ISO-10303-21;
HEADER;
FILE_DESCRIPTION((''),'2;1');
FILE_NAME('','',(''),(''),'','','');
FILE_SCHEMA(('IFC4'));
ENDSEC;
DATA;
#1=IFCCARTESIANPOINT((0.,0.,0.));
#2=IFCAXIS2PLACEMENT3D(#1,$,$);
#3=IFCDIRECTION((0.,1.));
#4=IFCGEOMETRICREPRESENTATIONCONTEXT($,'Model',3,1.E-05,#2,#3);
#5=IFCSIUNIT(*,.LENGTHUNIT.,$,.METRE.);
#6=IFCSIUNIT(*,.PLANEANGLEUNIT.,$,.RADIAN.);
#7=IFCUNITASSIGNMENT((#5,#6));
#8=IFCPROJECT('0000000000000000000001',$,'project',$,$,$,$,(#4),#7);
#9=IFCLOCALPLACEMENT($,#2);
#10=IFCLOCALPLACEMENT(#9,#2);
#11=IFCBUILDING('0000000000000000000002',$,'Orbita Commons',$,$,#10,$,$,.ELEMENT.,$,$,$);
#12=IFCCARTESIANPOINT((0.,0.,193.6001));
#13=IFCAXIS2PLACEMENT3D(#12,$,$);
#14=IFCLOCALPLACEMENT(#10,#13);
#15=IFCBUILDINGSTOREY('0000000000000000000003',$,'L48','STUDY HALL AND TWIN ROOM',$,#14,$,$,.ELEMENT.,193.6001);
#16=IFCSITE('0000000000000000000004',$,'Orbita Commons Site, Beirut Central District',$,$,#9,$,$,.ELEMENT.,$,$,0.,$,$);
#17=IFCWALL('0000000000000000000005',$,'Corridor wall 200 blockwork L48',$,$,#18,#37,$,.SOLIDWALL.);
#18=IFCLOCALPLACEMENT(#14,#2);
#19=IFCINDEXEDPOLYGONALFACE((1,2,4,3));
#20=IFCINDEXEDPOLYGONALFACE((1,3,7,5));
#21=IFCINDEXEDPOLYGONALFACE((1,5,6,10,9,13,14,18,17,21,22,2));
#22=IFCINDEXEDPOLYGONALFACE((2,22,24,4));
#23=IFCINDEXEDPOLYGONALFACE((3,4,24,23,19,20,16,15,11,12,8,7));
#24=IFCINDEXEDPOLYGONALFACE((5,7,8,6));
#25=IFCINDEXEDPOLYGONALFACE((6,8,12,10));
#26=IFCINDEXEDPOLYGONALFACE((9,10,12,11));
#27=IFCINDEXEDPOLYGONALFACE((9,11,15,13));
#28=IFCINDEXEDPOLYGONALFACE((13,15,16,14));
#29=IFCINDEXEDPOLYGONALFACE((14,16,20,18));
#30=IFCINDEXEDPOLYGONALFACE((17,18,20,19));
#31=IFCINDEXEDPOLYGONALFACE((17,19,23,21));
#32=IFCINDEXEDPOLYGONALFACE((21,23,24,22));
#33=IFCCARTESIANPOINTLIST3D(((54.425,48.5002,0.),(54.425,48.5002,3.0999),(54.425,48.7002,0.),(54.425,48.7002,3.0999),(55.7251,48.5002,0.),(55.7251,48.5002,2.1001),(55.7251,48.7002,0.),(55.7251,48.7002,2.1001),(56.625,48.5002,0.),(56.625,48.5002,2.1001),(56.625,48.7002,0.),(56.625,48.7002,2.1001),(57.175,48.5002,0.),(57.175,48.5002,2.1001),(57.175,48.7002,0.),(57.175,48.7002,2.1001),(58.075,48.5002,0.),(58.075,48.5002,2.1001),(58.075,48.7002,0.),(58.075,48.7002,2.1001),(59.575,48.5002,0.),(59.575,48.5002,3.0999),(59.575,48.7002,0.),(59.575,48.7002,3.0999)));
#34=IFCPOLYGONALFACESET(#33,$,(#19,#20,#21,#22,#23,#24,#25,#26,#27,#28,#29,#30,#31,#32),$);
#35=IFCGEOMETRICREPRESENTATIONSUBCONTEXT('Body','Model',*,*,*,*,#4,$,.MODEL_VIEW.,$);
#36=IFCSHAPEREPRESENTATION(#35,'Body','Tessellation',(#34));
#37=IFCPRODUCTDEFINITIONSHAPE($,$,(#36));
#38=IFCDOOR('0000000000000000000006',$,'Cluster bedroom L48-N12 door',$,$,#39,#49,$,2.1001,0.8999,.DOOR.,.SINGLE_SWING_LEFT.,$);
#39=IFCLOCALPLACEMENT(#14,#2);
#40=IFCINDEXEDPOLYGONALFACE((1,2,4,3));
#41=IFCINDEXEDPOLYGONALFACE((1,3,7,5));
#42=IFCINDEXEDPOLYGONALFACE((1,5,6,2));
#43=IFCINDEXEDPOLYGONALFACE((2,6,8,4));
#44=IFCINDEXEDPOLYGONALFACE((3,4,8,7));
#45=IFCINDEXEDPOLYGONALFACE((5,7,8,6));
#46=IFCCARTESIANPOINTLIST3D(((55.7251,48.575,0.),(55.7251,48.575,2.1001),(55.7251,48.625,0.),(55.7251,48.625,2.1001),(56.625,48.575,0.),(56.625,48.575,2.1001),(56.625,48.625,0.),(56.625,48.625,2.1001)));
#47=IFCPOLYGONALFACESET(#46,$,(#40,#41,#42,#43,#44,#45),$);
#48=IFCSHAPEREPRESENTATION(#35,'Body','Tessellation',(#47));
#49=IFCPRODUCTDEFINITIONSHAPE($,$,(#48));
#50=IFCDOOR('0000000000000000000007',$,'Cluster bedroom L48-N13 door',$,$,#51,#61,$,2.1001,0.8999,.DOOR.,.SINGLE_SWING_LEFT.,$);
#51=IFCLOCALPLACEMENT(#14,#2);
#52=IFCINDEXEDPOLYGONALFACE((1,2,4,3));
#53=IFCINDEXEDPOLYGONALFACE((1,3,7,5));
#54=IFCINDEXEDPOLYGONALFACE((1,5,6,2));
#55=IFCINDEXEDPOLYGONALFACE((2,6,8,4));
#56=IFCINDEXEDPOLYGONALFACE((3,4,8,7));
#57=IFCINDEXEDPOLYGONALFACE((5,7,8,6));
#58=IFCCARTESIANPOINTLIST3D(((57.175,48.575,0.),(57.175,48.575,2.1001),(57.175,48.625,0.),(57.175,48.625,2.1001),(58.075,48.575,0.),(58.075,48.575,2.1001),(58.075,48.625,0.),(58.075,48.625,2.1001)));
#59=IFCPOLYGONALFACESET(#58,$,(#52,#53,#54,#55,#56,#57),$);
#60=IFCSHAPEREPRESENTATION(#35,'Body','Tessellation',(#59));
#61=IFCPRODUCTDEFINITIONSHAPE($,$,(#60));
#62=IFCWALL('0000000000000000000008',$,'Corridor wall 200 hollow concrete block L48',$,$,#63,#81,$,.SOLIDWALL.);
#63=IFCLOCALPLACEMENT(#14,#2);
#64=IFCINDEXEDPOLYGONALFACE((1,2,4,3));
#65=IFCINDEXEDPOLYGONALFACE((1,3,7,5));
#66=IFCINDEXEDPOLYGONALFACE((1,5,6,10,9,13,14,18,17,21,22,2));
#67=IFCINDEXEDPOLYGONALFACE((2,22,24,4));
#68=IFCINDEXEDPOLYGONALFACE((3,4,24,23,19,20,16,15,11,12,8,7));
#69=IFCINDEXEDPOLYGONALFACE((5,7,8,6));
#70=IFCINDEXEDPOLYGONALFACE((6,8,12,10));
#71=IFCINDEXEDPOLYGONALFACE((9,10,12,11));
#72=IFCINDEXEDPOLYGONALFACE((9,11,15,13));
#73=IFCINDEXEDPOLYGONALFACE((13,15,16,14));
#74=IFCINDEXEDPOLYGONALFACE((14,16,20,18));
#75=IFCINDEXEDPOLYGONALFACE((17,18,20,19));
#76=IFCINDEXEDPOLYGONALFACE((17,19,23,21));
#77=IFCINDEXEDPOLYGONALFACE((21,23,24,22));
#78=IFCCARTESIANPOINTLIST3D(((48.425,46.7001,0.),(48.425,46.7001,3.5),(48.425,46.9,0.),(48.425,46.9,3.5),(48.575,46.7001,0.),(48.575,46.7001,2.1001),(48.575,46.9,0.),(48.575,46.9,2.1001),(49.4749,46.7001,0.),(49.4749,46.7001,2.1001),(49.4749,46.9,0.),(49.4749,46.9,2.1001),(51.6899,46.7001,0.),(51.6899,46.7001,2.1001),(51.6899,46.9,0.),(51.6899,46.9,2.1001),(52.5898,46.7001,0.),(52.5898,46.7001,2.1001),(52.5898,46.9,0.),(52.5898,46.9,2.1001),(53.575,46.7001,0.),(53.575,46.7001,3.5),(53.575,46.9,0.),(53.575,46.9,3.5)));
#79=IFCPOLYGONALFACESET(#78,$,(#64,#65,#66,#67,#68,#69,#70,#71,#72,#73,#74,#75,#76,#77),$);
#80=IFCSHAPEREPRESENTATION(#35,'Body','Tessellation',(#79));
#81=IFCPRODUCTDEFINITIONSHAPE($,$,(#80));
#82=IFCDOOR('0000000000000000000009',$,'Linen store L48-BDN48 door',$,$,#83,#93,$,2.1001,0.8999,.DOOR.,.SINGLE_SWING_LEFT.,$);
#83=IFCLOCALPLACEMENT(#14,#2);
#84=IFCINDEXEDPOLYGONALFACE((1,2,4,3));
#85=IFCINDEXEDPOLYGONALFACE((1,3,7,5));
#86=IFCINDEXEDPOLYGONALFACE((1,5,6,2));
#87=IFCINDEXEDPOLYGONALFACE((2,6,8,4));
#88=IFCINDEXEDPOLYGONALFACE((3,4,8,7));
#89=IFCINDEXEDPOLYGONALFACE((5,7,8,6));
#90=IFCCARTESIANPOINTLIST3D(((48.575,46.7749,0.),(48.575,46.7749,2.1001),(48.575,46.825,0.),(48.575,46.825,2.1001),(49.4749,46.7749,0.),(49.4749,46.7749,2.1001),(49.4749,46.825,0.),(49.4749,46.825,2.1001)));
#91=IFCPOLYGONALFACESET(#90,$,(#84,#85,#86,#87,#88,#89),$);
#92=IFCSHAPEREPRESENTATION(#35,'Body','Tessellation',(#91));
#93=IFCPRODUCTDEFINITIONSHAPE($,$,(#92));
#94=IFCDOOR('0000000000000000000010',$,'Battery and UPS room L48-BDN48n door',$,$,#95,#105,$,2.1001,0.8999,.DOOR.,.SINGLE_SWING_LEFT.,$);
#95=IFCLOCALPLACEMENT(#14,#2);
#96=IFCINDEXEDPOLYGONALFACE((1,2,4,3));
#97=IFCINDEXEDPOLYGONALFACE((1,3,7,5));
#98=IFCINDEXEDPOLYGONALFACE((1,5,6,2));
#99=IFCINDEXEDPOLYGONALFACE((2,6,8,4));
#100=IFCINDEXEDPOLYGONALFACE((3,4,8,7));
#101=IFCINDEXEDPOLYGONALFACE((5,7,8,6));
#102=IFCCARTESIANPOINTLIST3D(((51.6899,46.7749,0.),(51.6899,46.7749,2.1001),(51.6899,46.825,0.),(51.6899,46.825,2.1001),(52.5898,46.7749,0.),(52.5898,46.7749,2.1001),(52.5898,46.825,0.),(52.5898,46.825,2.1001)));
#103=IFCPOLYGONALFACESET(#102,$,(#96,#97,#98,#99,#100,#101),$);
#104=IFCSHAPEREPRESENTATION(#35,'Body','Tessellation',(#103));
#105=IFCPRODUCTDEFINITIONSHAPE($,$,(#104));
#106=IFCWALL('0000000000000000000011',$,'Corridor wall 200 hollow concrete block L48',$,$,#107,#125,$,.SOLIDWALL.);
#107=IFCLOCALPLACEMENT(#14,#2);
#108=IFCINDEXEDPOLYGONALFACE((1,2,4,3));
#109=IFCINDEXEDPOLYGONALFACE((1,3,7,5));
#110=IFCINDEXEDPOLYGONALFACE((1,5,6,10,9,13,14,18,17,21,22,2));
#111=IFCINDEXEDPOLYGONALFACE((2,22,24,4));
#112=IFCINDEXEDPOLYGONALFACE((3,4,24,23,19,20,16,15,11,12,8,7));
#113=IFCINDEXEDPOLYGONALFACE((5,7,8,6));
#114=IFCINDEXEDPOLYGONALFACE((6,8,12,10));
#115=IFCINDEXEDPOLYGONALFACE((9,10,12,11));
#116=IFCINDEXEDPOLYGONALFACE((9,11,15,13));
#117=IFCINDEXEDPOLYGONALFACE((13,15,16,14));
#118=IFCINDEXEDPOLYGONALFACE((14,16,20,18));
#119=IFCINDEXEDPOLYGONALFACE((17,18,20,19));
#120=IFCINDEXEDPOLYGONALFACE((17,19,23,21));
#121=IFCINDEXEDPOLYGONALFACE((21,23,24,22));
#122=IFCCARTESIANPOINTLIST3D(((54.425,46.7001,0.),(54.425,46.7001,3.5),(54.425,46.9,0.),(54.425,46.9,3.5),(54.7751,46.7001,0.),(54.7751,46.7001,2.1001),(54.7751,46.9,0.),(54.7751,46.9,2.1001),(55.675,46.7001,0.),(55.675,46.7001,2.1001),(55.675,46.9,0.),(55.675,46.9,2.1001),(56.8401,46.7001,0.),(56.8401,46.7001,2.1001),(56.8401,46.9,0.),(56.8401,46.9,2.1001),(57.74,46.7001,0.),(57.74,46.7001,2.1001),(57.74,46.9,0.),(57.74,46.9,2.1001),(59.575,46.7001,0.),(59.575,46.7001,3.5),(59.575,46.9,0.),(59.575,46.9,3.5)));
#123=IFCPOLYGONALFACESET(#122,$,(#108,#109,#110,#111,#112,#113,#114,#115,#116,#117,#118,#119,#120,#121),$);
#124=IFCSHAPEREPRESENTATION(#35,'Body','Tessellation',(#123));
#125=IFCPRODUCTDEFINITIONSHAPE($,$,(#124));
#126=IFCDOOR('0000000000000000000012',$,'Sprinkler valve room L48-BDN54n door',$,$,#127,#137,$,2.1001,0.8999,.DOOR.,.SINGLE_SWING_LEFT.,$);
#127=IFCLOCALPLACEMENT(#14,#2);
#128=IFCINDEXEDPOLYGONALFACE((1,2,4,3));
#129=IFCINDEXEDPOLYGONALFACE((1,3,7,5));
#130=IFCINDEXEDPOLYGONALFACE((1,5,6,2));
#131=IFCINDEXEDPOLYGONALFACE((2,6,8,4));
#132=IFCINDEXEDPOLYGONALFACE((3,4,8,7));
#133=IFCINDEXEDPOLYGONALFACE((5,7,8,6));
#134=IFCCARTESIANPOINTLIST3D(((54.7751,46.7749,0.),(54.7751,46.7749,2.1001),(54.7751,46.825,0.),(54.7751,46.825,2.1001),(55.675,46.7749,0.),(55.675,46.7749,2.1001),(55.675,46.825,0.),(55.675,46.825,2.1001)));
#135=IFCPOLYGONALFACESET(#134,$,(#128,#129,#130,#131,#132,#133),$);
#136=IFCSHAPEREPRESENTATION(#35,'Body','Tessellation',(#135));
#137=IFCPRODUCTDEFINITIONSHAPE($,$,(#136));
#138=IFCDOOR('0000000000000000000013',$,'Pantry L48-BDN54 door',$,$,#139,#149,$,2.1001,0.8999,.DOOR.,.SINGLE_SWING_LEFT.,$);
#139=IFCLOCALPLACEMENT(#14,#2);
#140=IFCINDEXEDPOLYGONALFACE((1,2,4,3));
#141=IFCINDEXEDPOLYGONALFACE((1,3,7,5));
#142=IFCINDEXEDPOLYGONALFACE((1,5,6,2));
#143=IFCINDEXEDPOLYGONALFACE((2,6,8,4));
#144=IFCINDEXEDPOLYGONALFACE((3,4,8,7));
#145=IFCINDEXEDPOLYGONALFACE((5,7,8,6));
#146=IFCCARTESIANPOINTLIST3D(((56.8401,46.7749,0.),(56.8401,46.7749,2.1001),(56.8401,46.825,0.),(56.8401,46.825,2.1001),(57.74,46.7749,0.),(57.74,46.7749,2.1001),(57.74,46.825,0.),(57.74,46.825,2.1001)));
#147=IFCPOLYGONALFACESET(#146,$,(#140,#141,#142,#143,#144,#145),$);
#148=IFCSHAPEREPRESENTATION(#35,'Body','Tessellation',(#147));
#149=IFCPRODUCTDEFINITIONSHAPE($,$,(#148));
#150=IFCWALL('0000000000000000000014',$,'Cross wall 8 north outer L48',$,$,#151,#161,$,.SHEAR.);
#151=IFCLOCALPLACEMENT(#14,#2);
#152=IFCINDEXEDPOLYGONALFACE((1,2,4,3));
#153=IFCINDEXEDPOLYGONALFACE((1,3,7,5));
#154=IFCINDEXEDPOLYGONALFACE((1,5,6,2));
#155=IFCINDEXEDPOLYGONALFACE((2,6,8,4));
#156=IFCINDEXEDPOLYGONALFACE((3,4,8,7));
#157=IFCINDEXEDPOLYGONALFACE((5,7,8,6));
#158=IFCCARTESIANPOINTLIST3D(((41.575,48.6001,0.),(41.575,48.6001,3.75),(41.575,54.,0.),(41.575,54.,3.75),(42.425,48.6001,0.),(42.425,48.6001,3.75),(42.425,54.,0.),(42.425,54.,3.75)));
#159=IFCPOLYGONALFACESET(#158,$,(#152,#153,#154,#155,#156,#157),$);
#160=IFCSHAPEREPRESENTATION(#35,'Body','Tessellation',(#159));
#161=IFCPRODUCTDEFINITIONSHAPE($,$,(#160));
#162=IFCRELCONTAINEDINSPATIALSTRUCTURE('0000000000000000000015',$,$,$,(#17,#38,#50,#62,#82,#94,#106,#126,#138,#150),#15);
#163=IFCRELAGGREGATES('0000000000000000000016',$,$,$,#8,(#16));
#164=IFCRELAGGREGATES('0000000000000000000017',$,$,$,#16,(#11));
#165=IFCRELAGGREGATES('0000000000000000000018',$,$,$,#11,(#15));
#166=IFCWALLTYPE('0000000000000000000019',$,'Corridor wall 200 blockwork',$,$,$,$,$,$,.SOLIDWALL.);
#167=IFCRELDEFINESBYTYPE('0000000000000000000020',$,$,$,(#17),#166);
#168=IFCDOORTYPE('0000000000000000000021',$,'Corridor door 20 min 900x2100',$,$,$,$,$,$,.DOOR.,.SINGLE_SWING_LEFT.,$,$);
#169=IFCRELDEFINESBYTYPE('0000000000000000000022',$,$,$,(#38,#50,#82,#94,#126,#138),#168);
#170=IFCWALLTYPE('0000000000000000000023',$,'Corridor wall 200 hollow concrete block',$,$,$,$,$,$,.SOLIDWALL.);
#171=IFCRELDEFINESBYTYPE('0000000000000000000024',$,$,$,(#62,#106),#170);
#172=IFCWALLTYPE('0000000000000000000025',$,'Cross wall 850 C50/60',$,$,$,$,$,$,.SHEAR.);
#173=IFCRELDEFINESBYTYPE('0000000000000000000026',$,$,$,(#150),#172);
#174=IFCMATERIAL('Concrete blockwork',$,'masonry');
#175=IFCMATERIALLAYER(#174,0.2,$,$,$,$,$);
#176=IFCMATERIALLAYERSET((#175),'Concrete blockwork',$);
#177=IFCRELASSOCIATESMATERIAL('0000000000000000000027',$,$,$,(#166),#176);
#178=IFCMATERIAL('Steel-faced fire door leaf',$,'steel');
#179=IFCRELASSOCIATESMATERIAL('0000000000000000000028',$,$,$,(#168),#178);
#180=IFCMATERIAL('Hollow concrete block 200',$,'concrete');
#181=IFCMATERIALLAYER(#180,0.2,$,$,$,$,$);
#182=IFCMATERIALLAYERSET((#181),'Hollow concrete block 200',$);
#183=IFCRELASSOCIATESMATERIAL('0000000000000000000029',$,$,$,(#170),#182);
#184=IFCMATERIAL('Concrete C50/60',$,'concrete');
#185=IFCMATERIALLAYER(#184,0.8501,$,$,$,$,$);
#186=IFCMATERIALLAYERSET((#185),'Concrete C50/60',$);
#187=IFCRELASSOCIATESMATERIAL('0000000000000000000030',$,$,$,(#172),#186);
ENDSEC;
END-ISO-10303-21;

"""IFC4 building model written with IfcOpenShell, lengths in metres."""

from ifc_helpers import new_model, si_unit, direction, frame, frame_2d, origin, place, context, subcontext, project, spatial, polyline, rectangle, outline, extrude, material, layer, layer_set, type_object, element, fill, save


model = new_model("IFC4")

# Units and contexts
model_context = context("Model", 3, precision=1e-05, world=origin(), true_north=direction((0.0, 1.0)))
body_context = subcontext(model_context, "Body", "Model", "MODEL_VIEW")
ifc_project = project(units=[si_unit("LENGTHUNIT", "METRE"), si_unit("PLANEANGLEUNIT", "RADIAN")], contexts=[model_context])

# Site, building, storey
site_placement = place(None, origin())
site = spatial("IfcSite", under=ifc_project, at=site_placement, Name="Orbita Commons Site, Beirut Central District", CompositionType="ELEMENT", RefElevation=0.0)
building_placement = place(site_placement, origin())
building = spatial("IfcBuilding", under=site, at=building_placement, Name="Orbita Commons", CompositionType="ELEMENT")
storey_placement = place(building_placement, frame((0.0, 0.0, 193.6001)))
storey = spatial("IfcBuildingStorey", under=building, at=storey_placement, Name="L48", Description="STUDY HALL AND TWIN ROOM", CompositionType="ELEMENT", Elevation=193.6001)

# Shared definitions
ifc_material_1 = material(Name="Concrete blockwork", Category="masonry")
ifc_layer_1 = layer(ifc_material_1, 0.2)
ifc_layer_set_1 = layer_set([ifc_layer_1], Name="Concrete blockwork")
wall_type_1 = type_object("IfcWallType", Name="Corridor wall 200 blockwork", PredefinedType="SOLIDWALL", material=ifc_layer_set_1)
ifc_material_2 = material(Name="Steel-faced fire door leaf", Category="steel")
door_type_1 = type_object("IfcDoorType", Name="Corridor door 20 min 900x2100", OperationType="SINGLE_SWING_LEFT", PredefinedType="DOOR", material=ifc_material_2)

# Walls, openings, doors
wall_1_placement = place(storey_placement, frame((54.425, 48.6001, 0.0), z_axis=(0.0, 0.0, 1.0), x_axis=(1.0, 0.0, 0.0)))
wall_1 = element("IfcWall", 1, at=wall_1_placement, inside=storey, type_object=wall_type_1, Name="Corridor wall 200 blockwork L48", PredefinedType="SOLIDWALL", context=body_context, shape_type="SweptSolid", body=[
    extrude(outline(polyline([(0.0, 0.0), (5.1499, 0.0), (5.1499, 3.0999), (0.0, 3.0999), (0.0, 0.0)])), frame((0.0, 0.1001, 0.0), z_axis=(0.0, -1.0, 0.0), x_axis=(1.0, 0.0, 0.0)), (0.0, 0.0, 1.0), 0.2),
])
opening_1_placement = place(wall_1_placement, frame((1.3, 0.0, 0.0)))
opening_1 = element("IfcOpeningElement", 2, at=opening_1_placement, cuts=wall_1, PredefinedType="OPENING", context=body_context, shape_type="SweptSolid", body=[
    extrude(rectangle(XDim=0.8999, YDim=2.1001, at=frame_2d((0.45, 1.05))), frame((0.0, 0.1099, 0.0), z_axis=(0.0, -1.0, 0.0), x_axis=(1.0, 0.0, 0.0)), (0.0, 0.0, 1.0), 0.22),
])
opening_2_placement = place(wall_1_placement, frame((2.75, 0.0, 0.0)))
opening_2 = element("IfcOpeningElement", 3, at=opening_2_placement, cuts=wall_1, PredefinedType="OPENING", context=body_context, shape_type="SweptSolid", body=[
    extrude(rectangle(XDim=0.8999, YDim=2.1001, at=frame_2d((0.45, 1.05))), frame((0.0, 0.1099, 0.0), z_axis=(0.0, -1.0, 0.0), x_axis=(1.0, 0.0, 0.0)), (0.0, 0.0, 1.0), 0.22),
])
door_1_placement = place(opening_1_placement, origin())
door_1 = element("IfcDoor", 4, at=door_1_placement, inside=storey, type_object=door_type_1, Name="Cluster bedroom L48-N12 door", OperationType="SINGLE_SWING_LEFT", OverallHeight=2.1001, OverallWidth=0.8999, PredefinedType="DOOR", context=body_context, shape_type="SweptSolid", body=[
    extrude(rectangle(XDim=0.8999, YDim=2.1001, at=frame_2d((0.45, 1.05))), frame((0.0, 0.0249, 0.0), z_axis=(0.0, -1.0, 0.0), x_axis=(1.0, 0.0, 0.0)), (0.0, 0.0, 1.0), 0.05),
])
fill(opening_1, door_1)
door_2_placement = place(opening_2_placement, origin())
door_2 = element("IfcDoor", 5, at=door_2_placement, inside=storey, type_object=door_type_1, Name="Cluster bedroom L48-N13 door", OperationType="SINGLE_SWING_LEFT", OverallHeight=2.1001, OverallWidth=0.8999, PredefinedType="DOOR", context=body_context, shape_type="SweptSolid", body=[
    extrude(rectangle(XDim=0.8999, YDim=2.1001, at=frame_2d((0.45, 1.05))), frame((0.0, 0.0249, 0.0), z_axis=(0.0, -1.0, 0.0), x_axis=(1.0, 0.0, 0.0)), (0.0, 0.0, 1.0), 0.05),
])
fill(opening_2, door_2)
ifc_material_3 = material(Name="Hollow concrete block 200", Category="concrete")
ifc_layer_2 = layer(ifc_material_3, 0.2)
ifc_layer_set_2 = layer_set([ifc_layer_2], Name="Hollow concrete block 200")
wall_type_2 = type_object("IfcWallType", Name="Corridor wall 200 hollow concrete block", PredefinedType="SOLIDWALL", material=ifc_layer_set_2)
wall_2_placement = place(storey_placement, frame((48.425, 46.8, 0.0), z_axis=(0.0, 0.0, 1.0), x_axis=(1.0, 0.0, 0.0)))
wall_2 = element("IfcWall", 6, at=wall_2_placement, inside=storey, type_object=wall_type_2, Name="Corridor wall 200 hollow concrete block L48", PredefinedType="SOLIDWALL", context=body_context, shape_type="SweptSolid", body=[
    extrude(rectangle(XDim=5.1499, YDim=0.2, at=frame_2d((2.575, 0.0))), origin(), (0.0, 0.0, 1.0), 3.5),
])
opening_3_placement = place(wall_2_placement, frame((0.1499, 0.0, 0.0)))
opening_3 = element("IfcOpeningElement", 7, at=opening_3_placement, cuts=wall_2, PredefinedType="OPENING", context=body_context, shape_type="SweptSolid", body=[
    extrude(rectangle(XDim=0.8999, YDim=2.1001, at=frame_2d((0.45, 1.05))), frame((0.0, 0.1099, 0.0), z_axis=(0.0, -1.0, 0.0), x_axis=(1.0, 0.0, 0.0)), (0.0, 0.0, 1.0), 0.22),
])
opening_4_placement = place(wall_2_placement, frame((3.2649, 0.0, 0.0)))
opening_4 = element("IfcOpeningElement", 8, at=opening_4_placement, cuts=wall_2, PredefinedType="OPENING", context=body_context, shape_type="SweptSolid", body=[
    extrude(rectangle(XDim=0.8999, YDim=2.1001, at=frame_2d((0.45, 1.05))), frame((0.0, 0.1099, 0.0), z_axis=(0.0, -1.0, 0.0), x_axis=(1.0, 0.0, 0.0)), (0.0, 0.0, 1.0), 0.22),
])
door_3_placement = place(opening_3_placement, origin())
door_3 = element("IfcDoor", 9, at=door_3_placement, inside=storey, type_object=door_type_1, Name="Linen store L48-BDN48 door", OperationType="SINGLE_SWING_LEFT", OverallHeight=2.1001, OverallWidth=0.8999, PredefinedType="DOOR", context=body_context, shape_type="SweptSolid", body=[
    extrude(rectangle(XDim=0.8999, YDim=2.1001, at=frame_2d((0.45, 1.05))), frame((0.0, 0.0249, 0.0), z_axis=(0.0, -1.0, 0.0), x_axis=(1.0, 0.0, 0.0)), (0.0, 0.0, 1.0), 0.05),
])
fill(opening_3, door_3)
door_4_placement = place(opening_4_placement, origin())
door_4 = element("IfcDoor", 10, at=door_4_placement, inside=storey, type_object=door_type_1, Name="Battery and UPS room L48-BDN48n door", OperationType="SINGLE_SWING_LEFT", OverallHeight=2.1001, OverallWidth=0.8999, PredefinedType="DOOR", context=body_context, shape_type="SweptSolid", body=[
    extrude(rectangle(XDim=0.8999, YDim=2.1001, at=frame_2d((0.45, 1.05))), frame((0.0, 0.0249, 0.0), z_axis=(0.0, -1.0, 0.0), x_axis=(1.0, 0.0, 0.0)), (0.0, 0.0, 1.0), 0.05),
])
fill(opening_4, door_4)
wall_3_placement = place(storey_placement, frame((54.425, 46.8, 0.0), z_axis=(0.0, 0.0, 1.0), x_axis=(1.0, 0.0, 0.0)))
wall_3 = element("IfcWall", 11, at=wall_3_placement, inside=storey, type_object=wall_type_2, Name="Corridor wall 200 hollow concrete block L48", PredefinedType="SOLIDWALL", context=body_context, shape_type="SweptSolid", body=[
    extrude(rectangle(XDim=5.1499, YDim=0.2, at=frame_2d((2.575, 0.0))), origin(), (0.0, 0.0, 1.0), 3.5),
])
opening_5_placement = place(wall_3_placement, frame((0.3501, 0.0, 0.0)))
opening_5 = element("IfcOpeningElement", 12, at=opening_5_placement, cuts=wall_3, PredefinedType="OPENING", context=body_context, shape_type="SweptSolid", body=[
    extrude(rectangle(XDim=0.8999, YDim=2.1001, at=frame_2d((0.45, 1.05))), frame((0.0, 0.1099, 0.0), z_axis=(0.0, -1.0, 0.0), x_axis=(1.0, 0.0, 0.0)), (0.0, 0.0, 1.0), 0.22),
])
opening_6_placement = place(wall_3_placement, frame((2.415, 0.0, 0.0)))
opening_6 = element("IfcOpeningElement", 13, at=opening_6_placement, cuts=wall_3, PredefinedType="OPENING", context=body_context, shape_type="SweptSolid", body=[
    extrude(rectangle(XDim=0.8999, YDim=2.1001, at=frame_2d((0.45, 1.05))), frame((0.0, 0.1099, 0.0), z_axis=(0.0, -1.0, 0.0), x_axis=(1.0, 0.0, 0.0)), (0.0, 0.0, 1.0), 0.22),
])
door_5_placement = place(opening_5_placement, origin())
door_5 = element("IfcDoor", 14, at=door_5_placement, inside=storey, type_object=door_type_1, Name="Sprinkler valve room L48-BDN54n door", OperationType="SINGLE_SWING_LEFT", OverallHeight=2.1001, OverallWidth=0.8999, PredefinedType="DOOR", context=body_context, shape_type="SweptSolid", body=[
    extrude(rectangle(XDim=0.8999, YDim=2.1001, at=frame_2d((0.45, 1.05))), frame((0.0, 0.0249, 0.0), z_axis=(0.0, -1.0, 0.0), x_axis=(1.0, 0.0, 0.0)), (0.0, 0.0, 1.0), 0.05),
])
fill(opening_5, door_5)
door_6_placement = place(opening_6_placement, origin())
door_6 = element("IfcDoor", 15, at=door_6_placement, inside=storey, type_object=door_type_1, Name="Pantry L48-BDN54 door", OperationType="SINGLE_SWING_LEFT", OverallHeight=2.1001, OverallWidth=0.8999, PredefinedType="DOOR", context=body_context, shape_type="SweptSolid", body=[
    extrude(rectangle(XDim=0.8999, YDim=2.1001, at=frame_2d((0.45, 1.05))), frame((0.0, 0.0249, 0.0), z_axis=(0.0, -1.0, 0.0), x_axis=(1.0, 0.0, 0.0)), (0.0, 0.0, 1.0), 0.05),
])
fill(opening_6, door_6)

# Wall
ifc_material_4 = material(Name="Concrete C50/60", Category="concrete")
ifc_layer_3 = layer(ifc_material_4, 0.8501)
ifc_layer_set_3 = layer_set([ifc_layer_3], Name="Concrete C50/60")
wall_type_3 = type_object("IfcWallType", Name="Cross wall 850 C50/60", PredefinedType="SHEAR", material=ifc_layer_set_3)
for number, where, z_axis, x_axis, name in (
    (16, (42.0, 48.6001, 0.0), (0.0, 0.0, 1.0), (0.0, 1.0, 0.0), "Cross wall 8 north outer L48"),
):
    element("IfcWall", number, at=place(storey_placement, frame(where, z_axis=z_axis, x_axis=x_axis)), inside=storey, type_object=wall_type_3, Name=name, PredefinedType="SHEAR", context=body_context, shape_type="SweptSolid", body=[
        extrude(rectangle(XDim=5.3999, YDim=0.8501, at=frame_2d((2.7, 0.0))), origin(), (0.0, 0.0, 1.0), 3.75),
    ])

save(model, "model.ifc")
